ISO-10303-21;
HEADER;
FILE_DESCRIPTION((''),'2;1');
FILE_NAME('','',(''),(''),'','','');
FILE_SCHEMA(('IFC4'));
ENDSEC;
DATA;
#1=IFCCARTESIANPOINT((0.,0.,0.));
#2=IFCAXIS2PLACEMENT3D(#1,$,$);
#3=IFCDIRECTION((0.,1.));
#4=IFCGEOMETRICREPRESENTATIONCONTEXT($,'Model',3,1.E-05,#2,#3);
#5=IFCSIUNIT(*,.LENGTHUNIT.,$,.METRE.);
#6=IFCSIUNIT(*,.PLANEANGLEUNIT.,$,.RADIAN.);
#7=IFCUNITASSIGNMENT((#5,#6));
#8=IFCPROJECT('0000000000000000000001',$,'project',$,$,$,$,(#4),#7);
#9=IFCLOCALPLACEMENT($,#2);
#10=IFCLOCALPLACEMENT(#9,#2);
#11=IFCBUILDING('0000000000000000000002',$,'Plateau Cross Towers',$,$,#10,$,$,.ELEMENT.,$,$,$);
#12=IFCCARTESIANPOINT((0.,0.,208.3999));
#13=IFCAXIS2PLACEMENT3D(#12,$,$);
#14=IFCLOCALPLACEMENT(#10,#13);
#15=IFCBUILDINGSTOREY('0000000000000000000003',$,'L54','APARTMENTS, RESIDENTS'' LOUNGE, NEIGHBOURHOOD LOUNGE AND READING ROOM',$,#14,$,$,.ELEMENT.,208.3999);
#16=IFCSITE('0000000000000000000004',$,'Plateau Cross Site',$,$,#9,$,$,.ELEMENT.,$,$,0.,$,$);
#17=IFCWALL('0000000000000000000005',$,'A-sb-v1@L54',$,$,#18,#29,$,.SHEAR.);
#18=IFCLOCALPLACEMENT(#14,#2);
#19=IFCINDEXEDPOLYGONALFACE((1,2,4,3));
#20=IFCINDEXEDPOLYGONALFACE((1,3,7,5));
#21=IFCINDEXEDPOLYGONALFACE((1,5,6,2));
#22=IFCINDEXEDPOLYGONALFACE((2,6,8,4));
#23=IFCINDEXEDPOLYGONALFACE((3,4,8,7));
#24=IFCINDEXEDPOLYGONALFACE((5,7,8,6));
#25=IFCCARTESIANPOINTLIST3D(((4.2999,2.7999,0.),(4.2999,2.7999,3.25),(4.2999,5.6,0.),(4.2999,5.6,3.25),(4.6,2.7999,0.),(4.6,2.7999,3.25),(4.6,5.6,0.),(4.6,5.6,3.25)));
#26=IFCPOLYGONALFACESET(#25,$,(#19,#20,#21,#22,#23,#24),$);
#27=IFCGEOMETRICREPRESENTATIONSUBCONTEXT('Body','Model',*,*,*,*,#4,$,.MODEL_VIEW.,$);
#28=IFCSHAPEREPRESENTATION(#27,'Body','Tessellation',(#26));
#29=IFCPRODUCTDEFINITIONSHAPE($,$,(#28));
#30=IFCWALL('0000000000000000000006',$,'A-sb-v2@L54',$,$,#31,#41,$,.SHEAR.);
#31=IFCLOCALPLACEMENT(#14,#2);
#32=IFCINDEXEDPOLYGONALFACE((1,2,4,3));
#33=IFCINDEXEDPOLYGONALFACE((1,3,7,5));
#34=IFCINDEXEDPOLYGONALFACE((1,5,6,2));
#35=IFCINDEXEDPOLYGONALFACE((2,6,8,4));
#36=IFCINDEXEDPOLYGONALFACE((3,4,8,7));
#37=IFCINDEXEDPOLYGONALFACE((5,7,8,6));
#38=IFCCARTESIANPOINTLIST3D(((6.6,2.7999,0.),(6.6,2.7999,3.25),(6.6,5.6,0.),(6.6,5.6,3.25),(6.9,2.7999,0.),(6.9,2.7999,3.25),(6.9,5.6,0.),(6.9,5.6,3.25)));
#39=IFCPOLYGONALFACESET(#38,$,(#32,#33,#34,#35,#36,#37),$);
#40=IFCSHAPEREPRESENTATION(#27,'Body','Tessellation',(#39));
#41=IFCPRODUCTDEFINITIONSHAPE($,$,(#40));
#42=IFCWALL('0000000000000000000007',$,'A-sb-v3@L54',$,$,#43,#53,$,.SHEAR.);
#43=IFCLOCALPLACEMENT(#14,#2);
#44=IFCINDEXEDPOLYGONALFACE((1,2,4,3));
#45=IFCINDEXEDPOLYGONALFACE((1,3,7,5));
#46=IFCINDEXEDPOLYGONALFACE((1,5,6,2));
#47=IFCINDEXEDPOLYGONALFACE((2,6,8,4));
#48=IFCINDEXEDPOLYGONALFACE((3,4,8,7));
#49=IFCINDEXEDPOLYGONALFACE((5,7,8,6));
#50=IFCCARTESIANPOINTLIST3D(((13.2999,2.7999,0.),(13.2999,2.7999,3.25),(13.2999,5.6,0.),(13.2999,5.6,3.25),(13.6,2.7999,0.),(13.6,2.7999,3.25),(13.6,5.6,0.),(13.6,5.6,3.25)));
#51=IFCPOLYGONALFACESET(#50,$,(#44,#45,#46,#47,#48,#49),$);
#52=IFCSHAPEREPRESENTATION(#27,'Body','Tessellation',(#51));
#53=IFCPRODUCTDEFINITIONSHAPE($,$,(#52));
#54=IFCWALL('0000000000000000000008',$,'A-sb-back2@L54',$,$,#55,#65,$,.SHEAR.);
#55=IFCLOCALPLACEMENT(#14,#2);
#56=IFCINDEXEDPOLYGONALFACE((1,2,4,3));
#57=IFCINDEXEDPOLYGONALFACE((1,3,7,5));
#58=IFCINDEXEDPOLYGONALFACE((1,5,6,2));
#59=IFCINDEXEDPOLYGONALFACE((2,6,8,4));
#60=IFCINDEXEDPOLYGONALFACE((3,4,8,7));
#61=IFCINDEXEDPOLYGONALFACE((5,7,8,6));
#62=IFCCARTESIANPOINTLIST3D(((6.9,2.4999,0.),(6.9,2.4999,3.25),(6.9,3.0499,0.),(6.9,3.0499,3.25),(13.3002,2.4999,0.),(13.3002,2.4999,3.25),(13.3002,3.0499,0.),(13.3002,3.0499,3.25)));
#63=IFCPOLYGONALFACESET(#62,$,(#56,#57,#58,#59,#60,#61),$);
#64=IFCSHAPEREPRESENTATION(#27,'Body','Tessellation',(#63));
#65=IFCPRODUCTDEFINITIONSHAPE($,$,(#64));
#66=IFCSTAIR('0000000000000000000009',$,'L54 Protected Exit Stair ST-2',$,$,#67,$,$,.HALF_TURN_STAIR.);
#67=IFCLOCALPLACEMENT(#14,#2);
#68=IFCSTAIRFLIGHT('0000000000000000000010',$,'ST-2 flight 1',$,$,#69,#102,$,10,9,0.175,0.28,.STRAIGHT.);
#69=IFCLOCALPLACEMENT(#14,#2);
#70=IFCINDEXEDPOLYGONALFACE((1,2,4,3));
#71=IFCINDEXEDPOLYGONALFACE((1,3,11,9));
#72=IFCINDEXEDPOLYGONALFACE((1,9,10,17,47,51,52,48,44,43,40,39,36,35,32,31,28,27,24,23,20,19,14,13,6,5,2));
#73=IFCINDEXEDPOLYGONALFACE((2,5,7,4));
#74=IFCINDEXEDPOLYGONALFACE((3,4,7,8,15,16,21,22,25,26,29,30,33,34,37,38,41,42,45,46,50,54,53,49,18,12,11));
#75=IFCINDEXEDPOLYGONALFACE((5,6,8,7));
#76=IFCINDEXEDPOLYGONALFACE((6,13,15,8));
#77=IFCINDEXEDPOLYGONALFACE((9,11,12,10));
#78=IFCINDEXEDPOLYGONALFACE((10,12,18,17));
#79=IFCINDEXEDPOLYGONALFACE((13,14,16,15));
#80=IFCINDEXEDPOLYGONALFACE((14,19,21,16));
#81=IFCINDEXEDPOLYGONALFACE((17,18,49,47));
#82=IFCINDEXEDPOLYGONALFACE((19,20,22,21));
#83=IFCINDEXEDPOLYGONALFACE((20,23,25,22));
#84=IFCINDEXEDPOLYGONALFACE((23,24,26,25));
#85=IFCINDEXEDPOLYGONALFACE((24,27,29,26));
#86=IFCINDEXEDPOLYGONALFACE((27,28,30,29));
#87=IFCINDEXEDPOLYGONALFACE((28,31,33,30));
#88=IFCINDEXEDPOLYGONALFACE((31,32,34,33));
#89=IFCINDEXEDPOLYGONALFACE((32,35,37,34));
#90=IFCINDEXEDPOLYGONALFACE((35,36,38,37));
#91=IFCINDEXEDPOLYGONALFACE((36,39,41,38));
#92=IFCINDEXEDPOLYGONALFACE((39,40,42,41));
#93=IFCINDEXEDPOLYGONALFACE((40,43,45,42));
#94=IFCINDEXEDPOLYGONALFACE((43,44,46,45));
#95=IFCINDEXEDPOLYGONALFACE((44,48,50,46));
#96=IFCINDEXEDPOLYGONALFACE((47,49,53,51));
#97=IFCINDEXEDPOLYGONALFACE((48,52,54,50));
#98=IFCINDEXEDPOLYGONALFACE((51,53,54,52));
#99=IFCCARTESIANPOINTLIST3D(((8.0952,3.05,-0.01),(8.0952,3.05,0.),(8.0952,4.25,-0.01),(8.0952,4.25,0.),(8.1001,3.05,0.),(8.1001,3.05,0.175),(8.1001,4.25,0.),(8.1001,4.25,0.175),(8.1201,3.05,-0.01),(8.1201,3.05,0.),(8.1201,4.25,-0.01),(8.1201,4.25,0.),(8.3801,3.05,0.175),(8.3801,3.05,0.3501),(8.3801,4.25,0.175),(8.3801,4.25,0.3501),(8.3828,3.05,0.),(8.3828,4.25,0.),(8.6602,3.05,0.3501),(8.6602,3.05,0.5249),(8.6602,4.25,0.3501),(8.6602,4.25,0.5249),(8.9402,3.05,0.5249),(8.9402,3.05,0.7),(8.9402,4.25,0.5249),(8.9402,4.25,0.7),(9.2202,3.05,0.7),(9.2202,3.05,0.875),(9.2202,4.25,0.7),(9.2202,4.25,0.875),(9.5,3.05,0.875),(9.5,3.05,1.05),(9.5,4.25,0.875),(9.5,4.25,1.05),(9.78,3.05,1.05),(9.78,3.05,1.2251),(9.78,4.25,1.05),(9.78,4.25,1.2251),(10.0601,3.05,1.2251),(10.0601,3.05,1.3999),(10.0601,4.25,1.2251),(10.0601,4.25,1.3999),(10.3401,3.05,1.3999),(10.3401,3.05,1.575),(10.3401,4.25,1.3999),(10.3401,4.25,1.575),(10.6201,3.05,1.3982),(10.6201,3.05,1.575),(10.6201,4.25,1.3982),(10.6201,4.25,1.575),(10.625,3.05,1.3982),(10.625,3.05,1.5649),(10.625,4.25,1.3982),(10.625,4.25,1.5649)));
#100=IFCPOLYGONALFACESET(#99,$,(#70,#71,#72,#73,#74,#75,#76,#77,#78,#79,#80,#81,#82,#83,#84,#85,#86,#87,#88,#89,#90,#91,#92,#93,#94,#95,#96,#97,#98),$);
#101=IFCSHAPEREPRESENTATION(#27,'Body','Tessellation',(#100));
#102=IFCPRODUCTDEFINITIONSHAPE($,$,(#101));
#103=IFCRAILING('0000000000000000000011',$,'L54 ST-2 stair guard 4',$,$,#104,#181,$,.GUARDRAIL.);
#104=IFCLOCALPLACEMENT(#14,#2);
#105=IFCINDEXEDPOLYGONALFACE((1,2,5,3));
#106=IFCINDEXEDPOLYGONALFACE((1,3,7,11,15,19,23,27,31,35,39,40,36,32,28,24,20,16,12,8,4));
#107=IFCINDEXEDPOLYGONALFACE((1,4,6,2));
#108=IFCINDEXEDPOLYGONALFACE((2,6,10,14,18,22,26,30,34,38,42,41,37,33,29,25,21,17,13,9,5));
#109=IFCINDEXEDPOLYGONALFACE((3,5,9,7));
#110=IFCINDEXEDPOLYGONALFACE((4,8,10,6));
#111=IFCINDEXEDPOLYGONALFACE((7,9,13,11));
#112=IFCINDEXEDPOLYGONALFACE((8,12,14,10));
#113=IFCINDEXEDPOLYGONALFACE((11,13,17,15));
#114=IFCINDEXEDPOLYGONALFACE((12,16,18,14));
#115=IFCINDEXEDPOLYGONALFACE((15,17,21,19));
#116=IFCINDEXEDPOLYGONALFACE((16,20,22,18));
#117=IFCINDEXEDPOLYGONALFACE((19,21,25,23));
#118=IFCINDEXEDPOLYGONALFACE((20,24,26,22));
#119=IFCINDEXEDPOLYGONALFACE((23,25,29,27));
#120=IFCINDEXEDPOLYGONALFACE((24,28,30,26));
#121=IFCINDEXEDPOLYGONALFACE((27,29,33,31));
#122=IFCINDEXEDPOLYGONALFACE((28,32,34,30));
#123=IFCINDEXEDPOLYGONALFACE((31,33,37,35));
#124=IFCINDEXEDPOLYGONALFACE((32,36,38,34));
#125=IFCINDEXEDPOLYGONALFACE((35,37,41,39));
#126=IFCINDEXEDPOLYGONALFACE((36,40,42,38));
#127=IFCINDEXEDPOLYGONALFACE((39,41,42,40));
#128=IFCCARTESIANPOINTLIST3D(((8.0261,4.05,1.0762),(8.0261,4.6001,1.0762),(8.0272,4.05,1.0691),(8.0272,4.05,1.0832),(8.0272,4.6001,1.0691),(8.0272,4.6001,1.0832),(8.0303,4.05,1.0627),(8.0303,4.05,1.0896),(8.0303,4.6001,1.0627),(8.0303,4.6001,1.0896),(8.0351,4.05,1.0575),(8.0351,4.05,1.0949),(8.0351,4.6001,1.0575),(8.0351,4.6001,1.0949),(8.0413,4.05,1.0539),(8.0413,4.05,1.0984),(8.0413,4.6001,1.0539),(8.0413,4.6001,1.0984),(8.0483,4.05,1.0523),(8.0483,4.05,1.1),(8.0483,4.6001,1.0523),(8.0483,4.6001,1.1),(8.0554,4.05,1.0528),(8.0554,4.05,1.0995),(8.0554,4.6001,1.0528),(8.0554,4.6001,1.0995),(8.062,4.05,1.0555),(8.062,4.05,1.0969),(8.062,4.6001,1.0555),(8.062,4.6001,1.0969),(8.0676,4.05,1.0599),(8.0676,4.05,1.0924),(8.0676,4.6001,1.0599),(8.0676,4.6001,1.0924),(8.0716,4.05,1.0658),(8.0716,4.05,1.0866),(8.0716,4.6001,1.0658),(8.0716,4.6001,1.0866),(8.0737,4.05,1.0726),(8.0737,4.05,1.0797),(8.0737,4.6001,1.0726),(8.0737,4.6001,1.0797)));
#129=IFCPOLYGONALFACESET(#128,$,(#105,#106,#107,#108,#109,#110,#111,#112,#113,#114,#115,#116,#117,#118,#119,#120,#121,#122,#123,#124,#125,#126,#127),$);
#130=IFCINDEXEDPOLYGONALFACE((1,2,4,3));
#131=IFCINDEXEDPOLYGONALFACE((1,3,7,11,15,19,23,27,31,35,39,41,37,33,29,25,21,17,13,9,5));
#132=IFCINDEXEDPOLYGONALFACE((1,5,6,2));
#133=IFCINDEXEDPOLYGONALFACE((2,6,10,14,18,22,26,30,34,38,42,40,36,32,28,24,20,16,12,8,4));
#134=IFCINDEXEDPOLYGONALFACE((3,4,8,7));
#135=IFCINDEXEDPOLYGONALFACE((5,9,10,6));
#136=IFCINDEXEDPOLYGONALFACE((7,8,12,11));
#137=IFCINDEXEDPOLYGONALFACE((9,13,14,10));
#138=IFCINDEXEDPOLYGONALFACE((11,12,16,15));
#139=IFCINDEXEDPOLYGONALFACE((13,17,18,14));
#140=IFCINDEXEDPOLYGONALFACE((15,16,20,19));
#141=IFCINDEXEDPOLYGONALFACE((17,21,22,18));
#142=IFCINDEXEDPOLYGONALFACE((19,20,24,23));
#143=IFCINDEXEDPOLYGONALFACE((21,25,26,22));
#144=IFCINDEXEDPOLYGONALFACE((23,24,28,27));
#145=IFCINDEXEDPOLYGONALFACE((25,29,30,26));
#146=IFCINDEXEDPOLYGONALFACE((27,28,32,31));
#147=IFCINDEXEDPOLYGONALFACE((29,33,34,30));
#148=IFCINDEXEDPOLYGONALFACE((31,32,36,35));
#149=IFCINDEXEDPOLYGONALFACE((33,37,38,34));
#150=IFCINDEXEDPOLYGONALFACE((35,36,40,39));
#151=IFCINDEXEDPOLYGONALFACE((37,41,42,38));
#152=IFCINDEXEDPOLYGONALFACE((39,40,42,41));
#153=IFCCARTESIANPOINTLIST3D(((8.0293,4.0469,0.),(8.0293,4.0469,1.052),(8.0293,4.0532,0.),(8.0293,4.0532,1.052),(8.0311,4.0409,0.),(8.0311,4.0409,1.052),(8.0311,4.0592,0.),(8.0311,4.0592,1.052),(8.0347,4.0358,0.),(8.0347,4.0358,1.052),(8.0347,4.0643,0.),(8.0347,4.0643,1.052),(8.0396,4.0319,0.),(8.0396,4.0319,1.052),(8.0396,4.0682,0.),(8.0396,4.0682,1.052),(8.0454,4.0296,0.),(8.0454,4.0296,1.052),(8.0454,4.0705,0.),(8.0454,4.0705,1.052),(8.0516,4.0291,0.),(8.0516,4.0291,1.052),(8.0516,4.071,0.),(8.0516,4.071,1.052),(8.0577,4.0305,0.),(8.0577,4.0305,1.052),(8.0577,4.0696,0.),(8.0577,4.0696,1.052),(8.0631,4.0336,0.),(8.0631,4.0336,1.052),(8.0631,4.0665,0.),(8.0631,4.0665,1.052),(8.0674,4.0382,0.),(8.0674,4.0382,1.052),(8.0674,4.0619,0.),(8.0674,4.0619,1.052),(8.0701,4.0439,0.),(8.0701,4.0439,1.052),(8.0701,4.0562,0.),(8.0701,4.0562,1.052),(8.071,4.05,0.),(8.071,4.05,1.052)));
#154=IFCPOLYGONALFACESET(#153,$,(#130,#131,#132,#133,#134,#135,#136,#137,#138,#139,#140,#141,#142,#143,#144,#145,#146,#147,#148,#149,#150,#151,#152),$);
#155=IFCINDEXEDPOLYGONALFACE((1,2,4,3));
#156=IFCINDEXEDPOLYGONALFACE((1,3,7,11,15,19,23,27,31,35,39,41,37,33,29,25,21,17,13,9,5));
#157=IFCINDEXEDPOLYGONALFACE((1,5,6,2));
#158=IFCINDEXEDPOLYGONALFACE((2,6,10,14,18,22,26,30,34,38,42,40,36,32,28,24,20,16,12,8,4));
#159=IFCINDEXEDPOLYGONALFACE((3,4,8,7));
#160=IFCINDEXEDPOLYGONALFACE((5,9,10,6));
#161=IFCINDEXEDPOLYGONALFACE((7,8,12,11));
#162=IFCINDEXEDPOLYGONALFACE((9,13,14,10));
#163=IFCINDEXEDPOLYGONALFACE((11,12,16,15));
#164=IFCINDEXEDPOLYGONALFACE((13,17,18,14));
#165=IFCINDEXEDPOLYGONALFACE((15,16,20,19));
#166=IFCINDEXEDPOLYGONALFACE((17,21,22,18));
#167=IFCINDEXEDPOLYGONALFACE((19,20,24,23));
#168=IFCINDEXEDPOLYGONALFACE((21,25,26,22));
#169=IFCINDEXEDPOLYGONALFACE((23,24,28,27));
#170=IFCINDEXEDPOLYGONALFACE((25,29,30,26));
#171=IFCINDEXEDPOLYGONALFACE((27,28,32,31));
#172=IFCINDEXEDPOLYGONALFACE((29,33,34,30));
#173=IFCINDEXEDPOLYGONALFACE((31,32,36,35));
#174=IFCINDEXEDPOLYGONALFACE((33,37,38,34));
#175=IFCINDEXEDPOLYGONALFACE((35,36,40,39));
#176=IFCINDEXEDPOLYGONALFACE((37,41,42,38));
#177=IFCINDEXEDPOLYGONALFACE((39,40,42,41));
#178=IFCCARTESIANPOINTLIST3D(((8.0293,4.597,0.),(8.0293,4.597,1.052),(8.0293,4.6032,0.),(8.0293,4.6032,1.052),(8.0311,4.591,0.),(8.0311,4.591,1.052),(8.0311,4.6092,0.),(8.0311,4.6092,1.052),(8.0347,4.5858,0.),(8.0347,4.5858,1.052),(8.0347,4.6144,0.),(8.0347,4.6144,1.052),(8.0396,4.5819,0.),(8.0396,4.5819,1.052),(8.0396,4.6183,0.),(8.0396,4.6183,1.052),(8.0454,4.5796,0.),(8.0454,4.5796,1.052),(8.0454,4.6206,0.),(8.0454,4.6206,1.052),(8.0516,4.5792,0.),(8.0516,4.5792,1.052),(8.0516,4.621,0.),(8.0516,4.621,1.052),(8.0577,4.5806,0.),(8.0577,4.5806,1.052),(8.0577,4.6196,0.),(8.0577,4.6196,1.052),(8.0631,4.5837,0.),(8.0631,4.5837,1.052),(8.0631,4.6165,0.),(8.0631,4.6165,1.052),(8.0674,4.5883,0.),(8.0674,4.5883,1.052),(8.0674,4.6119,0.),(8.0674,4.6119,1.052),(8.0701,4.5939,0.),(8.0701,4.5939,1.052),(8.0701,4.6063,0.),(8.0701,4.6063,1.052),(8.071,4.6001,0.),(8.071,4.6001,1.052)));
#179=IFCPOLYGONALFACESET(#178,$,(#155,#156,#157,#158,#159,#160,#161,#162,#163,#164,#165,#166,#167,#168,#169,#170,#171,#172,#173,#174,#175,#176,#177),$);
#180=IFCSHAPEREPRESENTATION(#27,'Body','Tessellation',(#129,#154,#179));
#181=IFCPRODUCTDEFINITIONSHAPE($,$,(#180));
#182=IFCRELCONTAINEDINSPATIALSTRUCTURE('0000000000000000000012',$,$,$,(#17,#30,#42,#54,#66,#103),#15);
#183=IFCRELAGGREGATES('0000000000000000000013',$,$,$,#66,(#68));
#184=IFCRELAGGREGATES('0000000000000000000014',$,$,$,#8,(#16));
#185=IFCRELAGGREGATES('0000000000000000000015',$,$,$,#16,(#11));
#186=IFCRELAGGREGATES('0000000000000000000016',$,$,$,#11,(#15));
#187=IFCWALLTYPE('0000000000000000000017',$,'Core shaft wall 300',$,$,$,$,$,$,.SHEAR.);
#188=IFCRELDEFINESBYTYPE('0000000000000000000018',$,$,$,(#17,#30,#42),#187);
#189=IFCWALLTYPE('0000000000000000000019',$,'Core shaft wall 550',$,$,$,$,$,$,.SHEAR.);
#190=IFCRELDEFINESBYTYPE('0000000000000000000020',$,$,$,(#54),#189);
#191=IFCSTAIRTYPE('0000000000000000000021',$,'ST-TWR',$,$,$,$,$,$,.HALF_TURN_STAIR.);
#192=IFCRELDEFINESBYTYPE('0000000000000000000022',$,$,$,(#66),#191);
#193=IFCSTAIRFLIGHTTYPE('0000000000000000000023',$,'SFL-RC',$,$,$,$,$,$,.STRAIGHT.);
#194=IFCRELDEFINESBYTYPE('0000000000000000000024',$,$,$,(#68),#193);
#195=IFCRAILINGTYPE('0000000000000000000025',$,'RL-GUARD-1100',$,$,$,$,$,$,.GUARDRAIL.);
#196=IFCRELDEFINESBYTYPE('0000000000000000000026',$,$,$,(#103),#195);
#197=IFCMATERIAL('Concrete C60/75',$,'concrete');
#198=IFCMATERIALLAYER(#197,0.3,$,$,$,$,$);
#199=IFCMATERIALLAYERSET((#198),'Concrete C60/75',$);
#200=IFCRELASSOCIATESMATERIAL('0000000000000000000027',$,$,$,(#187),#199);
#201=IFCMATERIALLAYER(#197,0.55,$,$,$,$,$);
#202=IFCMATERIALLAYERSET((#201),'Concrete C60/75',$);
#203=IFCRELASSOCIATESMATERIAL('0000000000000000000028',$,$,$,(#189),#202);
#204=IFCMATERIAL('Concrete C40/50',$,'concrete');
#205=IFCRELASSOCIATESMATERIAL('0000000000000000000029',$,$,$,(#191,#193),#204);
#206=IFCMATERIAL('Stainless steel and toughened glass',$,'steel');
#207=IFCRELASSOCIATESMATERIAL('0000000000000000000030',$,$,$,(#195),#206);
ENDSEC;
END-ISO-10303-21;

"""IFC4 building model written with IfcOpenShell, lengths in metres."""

from ifc_helpers import new_model, si_unit, direction, frame, frame_2d, origin, origin_2d, place, context, subcontext, project, spatial, polyline, rectangle, circle, outline, extrude, material, layer, layer_set, type_object, element, aggregate, save


model = new_model("IFC4")

# Units and contexts
model_context = context("Model", 3, precision=1e-05, world=origin(), true_north=direction((0.0, 1.0)))
body_context = subcontext(model_context, "Body", "Model", "MODEL_VIEW")
ifc_project = project(units=[si_unit("LENGTHUNIT", "METRE"), si_unit("PLANEANGLEUNIT", "RADIAN")], contexts=[model_context])

# Site, building, storey
site_placement = place(None, origin())
site = spatial("IfcSite", under=ifc_project, at=site_placement, Name="Plateau Cross Site", CompositionType="ELEMENT", RefElevation=0.0)
building_placement = place(site_placement, origin())
building = spatial("IfcBuilding", under=site, at=building_placement, Name="Plateau Cross Towers", CompositionType="ELEMENT")
storey_placement = place(building_placement, frame((0.0, 0.0, 208.3999)))
storey = spatial("IfcBuildingStorey", under=building, at=storey_placement, Name="L54", Description="APARTMENTS, RESIDENTS' LOUNGE, NEIGHBOURHOOD LOUNGE AND READING ROOM", CompositionType="ELEMENT", Elevation=208.3999)

# Walls
ifc_material_1 = material(Name="Concrete C60/75", Category="concrete")
ifc_layer_1 = layer(ifc_material_1, 0.3)
ifc_layer_set_1 = layer_set([ifc_layer_1], Name="Concrete C60/75")
wall_type_1 = type_object("IfcWallType", Name="Core shaft wall 300", PredefinedType="SHEAR", material=ifc_layer_set_1)
for number, where, z_axis, x_axis, name in (
    (1, (4.45, 2.8, 0.0), (0.0, 0.0, 1.0), (0.0, 1.0, 0.0), "A-sb-v1@L54"),
    (2, (6.75, 2.8, 0.0), (0.0, 0.0, 1.0), (0.0, 1.0, 0.0), "A-sb-v2@L54"),
    (3, (13.45, 2.8, 0.0), (0.0, 0.0, 1.0), (0.0, 1.0, 0.0), "A-sb-v3@L54"),
):
    element("IfcWall", number, at=place(storey_placement, frame(where, z_axis=z_axis, x_axis=x_axis)), inside=storey, type_object=wall_type_1, Name=name, PredefinedType="SHEAR", context=body_context, shape_type="SweptSolid", body=[
        extrude(rectangle(XDim=2.8, YDim=0.3, at=frame_2d((1.3999, 0.0))), origin(), (0.0, 0.0, 1.0), 3.25),
    ])
ifc_layer_2 = layer(ifc_material_1, 0.55)
ifc_layer_set_2 = layer_set([ifc_layer_2], Name="Concrete C60/75")
wall_type_2 = type_object("IfcWallType", Name="Core shaft wall 550", PredefinedType="SHEAR", material=ifc_layer_set_2)
wall_1_placement = place(storey_placement, frame((6.8999, 2.7749, 0.0), z_axis=(0.0, 0.0, 1.0), x_axis=(1.0, 0.0, 0.0)))
element("IfcWall", 4, at=wall_1_placement, inside=storey, type_object=wall_type_2, Name="A-sb-back2@L54", PredefinedType="SHEAR", context=body_context, shape_type="SweptSolid", body=[
    extrude(rectangle(XDim=6.4001, YDim=0.55, at=frame_2d((3.2002, 0.0))), origin(), (0.0, 0.0, 1.0), 3.25),
])

# Stair, stair flight
ifc_material_2 = material(Name="Concrete C40/50", Category="concrete")
stair_type = type_object("IfcStairType", Name="ST-TWR", PredefinedType="HALF_TURN_STAIR", material=ifc_material_2)
stair_placement = place(storey_placement, origin())
stair = element("IfcStair", 5, at=stair_placement, inside=storey, type_object=stair_type, Name="L54 Protected Exit Stair ST-2", PredefinedType="HALF_TURN_STAIR")
stair_flight_type = type_object("IfcStairFlightType", Name="SFL-RC", PredefinedType="STRAIGHT", material=ifc_material_2)
stair_flight_placement = place(storey_placement, frame((8.1001, 3.6499, 0.0), z_axis=(0.0, 0.0, 1.0), x_axis=(1.0, 0.0, 0.0)))
stair_flight = element("IfcStairFlight", 6, at=stair_flight_placement, type_object=stair_flight_type, Name="ST-2 flight 1", NumberOfRisers=10, NumberOfTreads=9, PredefinedType="STRAIGHT", RiserHeight=0.175, TreadLength=0.28, context=body_context, shape_type="SweptSolid", body=[
    extrude(outline(polyline([(-0.0049, -0.01), (-0.0049, 0.0), (0.0, 0.0), (0.0, 0.175), (0.28, 0.175), (0.28, 0.3501), (0.5601, 0.3501), (0.5601, 0.5249), (0.8401, 0.5249), (0.8401, 0.7), (1.1201, 0.7), (1.1201, 0.875), (1.3999, 0.875), (1.3999, 1.05), (1.6799, 1.05), (1.6799, 1.2251), (1.96, 1.2251), (1.96, 1.3999), (2.24, 1.3999), (2.24, 1.575), (2.52, 1.575), (2.5249, 1.5649), (2.5249, 1.3982), (2.52, 1.3982), (0.2827, 0.0), (0.02, 0.0), (0.02, -0.01), (-0.0049, -0.01)])), frame((0.0, 0.6001, 0.0), z_axis=(0.0, -1.0, 0.0), x_axis=(1.0, 0.0, 0.0)), (0.0, 0.0, 1.0), 1.2),
])
aggregate(stair, [stair_flight])

# Railing
ifc_material_3 = material(Name="Stainless steel and toughened glass", Category="steel")
railing_type_1 = type_object("IfcRailingType", Name="RL-GUARD-1100", PredefinedType="GUARDRAIL", material=ifc_material_3)
railing_1_placement = place(storey_placement, frame((8.05, 4.05, 0.0)))
element("IfcRailing", 7, at=railing_1_placement, inside=storey, type_object=railing_type_1, Name="L54 ST-2 stair guard 4", PredefinedType="GUARDRAIL", context=body_context, shape_type="SweptSolid", body=[
    extrude(circle(Radius=0.0239, at=origin_2d()), frame((0.0, 0.0, 1.0762), z_axis=(0.0, 1.0, 0.0), x_axis=(-1.0, 0.0, 0.0)), (0.0, 0.0, 1.0), 0.55),
    extrude(circle(Radius=0.021, at=origin_2d()), origin(), (0.0, 0.0, 1.0), 1.052),
    extrude(circle(Radius=0.021, at=origin_2d()), frame((0.0, 0.55, 0.0)), (0.0, 0.0, 1.0), 1.052),
])

save(model, "model.ifc")
